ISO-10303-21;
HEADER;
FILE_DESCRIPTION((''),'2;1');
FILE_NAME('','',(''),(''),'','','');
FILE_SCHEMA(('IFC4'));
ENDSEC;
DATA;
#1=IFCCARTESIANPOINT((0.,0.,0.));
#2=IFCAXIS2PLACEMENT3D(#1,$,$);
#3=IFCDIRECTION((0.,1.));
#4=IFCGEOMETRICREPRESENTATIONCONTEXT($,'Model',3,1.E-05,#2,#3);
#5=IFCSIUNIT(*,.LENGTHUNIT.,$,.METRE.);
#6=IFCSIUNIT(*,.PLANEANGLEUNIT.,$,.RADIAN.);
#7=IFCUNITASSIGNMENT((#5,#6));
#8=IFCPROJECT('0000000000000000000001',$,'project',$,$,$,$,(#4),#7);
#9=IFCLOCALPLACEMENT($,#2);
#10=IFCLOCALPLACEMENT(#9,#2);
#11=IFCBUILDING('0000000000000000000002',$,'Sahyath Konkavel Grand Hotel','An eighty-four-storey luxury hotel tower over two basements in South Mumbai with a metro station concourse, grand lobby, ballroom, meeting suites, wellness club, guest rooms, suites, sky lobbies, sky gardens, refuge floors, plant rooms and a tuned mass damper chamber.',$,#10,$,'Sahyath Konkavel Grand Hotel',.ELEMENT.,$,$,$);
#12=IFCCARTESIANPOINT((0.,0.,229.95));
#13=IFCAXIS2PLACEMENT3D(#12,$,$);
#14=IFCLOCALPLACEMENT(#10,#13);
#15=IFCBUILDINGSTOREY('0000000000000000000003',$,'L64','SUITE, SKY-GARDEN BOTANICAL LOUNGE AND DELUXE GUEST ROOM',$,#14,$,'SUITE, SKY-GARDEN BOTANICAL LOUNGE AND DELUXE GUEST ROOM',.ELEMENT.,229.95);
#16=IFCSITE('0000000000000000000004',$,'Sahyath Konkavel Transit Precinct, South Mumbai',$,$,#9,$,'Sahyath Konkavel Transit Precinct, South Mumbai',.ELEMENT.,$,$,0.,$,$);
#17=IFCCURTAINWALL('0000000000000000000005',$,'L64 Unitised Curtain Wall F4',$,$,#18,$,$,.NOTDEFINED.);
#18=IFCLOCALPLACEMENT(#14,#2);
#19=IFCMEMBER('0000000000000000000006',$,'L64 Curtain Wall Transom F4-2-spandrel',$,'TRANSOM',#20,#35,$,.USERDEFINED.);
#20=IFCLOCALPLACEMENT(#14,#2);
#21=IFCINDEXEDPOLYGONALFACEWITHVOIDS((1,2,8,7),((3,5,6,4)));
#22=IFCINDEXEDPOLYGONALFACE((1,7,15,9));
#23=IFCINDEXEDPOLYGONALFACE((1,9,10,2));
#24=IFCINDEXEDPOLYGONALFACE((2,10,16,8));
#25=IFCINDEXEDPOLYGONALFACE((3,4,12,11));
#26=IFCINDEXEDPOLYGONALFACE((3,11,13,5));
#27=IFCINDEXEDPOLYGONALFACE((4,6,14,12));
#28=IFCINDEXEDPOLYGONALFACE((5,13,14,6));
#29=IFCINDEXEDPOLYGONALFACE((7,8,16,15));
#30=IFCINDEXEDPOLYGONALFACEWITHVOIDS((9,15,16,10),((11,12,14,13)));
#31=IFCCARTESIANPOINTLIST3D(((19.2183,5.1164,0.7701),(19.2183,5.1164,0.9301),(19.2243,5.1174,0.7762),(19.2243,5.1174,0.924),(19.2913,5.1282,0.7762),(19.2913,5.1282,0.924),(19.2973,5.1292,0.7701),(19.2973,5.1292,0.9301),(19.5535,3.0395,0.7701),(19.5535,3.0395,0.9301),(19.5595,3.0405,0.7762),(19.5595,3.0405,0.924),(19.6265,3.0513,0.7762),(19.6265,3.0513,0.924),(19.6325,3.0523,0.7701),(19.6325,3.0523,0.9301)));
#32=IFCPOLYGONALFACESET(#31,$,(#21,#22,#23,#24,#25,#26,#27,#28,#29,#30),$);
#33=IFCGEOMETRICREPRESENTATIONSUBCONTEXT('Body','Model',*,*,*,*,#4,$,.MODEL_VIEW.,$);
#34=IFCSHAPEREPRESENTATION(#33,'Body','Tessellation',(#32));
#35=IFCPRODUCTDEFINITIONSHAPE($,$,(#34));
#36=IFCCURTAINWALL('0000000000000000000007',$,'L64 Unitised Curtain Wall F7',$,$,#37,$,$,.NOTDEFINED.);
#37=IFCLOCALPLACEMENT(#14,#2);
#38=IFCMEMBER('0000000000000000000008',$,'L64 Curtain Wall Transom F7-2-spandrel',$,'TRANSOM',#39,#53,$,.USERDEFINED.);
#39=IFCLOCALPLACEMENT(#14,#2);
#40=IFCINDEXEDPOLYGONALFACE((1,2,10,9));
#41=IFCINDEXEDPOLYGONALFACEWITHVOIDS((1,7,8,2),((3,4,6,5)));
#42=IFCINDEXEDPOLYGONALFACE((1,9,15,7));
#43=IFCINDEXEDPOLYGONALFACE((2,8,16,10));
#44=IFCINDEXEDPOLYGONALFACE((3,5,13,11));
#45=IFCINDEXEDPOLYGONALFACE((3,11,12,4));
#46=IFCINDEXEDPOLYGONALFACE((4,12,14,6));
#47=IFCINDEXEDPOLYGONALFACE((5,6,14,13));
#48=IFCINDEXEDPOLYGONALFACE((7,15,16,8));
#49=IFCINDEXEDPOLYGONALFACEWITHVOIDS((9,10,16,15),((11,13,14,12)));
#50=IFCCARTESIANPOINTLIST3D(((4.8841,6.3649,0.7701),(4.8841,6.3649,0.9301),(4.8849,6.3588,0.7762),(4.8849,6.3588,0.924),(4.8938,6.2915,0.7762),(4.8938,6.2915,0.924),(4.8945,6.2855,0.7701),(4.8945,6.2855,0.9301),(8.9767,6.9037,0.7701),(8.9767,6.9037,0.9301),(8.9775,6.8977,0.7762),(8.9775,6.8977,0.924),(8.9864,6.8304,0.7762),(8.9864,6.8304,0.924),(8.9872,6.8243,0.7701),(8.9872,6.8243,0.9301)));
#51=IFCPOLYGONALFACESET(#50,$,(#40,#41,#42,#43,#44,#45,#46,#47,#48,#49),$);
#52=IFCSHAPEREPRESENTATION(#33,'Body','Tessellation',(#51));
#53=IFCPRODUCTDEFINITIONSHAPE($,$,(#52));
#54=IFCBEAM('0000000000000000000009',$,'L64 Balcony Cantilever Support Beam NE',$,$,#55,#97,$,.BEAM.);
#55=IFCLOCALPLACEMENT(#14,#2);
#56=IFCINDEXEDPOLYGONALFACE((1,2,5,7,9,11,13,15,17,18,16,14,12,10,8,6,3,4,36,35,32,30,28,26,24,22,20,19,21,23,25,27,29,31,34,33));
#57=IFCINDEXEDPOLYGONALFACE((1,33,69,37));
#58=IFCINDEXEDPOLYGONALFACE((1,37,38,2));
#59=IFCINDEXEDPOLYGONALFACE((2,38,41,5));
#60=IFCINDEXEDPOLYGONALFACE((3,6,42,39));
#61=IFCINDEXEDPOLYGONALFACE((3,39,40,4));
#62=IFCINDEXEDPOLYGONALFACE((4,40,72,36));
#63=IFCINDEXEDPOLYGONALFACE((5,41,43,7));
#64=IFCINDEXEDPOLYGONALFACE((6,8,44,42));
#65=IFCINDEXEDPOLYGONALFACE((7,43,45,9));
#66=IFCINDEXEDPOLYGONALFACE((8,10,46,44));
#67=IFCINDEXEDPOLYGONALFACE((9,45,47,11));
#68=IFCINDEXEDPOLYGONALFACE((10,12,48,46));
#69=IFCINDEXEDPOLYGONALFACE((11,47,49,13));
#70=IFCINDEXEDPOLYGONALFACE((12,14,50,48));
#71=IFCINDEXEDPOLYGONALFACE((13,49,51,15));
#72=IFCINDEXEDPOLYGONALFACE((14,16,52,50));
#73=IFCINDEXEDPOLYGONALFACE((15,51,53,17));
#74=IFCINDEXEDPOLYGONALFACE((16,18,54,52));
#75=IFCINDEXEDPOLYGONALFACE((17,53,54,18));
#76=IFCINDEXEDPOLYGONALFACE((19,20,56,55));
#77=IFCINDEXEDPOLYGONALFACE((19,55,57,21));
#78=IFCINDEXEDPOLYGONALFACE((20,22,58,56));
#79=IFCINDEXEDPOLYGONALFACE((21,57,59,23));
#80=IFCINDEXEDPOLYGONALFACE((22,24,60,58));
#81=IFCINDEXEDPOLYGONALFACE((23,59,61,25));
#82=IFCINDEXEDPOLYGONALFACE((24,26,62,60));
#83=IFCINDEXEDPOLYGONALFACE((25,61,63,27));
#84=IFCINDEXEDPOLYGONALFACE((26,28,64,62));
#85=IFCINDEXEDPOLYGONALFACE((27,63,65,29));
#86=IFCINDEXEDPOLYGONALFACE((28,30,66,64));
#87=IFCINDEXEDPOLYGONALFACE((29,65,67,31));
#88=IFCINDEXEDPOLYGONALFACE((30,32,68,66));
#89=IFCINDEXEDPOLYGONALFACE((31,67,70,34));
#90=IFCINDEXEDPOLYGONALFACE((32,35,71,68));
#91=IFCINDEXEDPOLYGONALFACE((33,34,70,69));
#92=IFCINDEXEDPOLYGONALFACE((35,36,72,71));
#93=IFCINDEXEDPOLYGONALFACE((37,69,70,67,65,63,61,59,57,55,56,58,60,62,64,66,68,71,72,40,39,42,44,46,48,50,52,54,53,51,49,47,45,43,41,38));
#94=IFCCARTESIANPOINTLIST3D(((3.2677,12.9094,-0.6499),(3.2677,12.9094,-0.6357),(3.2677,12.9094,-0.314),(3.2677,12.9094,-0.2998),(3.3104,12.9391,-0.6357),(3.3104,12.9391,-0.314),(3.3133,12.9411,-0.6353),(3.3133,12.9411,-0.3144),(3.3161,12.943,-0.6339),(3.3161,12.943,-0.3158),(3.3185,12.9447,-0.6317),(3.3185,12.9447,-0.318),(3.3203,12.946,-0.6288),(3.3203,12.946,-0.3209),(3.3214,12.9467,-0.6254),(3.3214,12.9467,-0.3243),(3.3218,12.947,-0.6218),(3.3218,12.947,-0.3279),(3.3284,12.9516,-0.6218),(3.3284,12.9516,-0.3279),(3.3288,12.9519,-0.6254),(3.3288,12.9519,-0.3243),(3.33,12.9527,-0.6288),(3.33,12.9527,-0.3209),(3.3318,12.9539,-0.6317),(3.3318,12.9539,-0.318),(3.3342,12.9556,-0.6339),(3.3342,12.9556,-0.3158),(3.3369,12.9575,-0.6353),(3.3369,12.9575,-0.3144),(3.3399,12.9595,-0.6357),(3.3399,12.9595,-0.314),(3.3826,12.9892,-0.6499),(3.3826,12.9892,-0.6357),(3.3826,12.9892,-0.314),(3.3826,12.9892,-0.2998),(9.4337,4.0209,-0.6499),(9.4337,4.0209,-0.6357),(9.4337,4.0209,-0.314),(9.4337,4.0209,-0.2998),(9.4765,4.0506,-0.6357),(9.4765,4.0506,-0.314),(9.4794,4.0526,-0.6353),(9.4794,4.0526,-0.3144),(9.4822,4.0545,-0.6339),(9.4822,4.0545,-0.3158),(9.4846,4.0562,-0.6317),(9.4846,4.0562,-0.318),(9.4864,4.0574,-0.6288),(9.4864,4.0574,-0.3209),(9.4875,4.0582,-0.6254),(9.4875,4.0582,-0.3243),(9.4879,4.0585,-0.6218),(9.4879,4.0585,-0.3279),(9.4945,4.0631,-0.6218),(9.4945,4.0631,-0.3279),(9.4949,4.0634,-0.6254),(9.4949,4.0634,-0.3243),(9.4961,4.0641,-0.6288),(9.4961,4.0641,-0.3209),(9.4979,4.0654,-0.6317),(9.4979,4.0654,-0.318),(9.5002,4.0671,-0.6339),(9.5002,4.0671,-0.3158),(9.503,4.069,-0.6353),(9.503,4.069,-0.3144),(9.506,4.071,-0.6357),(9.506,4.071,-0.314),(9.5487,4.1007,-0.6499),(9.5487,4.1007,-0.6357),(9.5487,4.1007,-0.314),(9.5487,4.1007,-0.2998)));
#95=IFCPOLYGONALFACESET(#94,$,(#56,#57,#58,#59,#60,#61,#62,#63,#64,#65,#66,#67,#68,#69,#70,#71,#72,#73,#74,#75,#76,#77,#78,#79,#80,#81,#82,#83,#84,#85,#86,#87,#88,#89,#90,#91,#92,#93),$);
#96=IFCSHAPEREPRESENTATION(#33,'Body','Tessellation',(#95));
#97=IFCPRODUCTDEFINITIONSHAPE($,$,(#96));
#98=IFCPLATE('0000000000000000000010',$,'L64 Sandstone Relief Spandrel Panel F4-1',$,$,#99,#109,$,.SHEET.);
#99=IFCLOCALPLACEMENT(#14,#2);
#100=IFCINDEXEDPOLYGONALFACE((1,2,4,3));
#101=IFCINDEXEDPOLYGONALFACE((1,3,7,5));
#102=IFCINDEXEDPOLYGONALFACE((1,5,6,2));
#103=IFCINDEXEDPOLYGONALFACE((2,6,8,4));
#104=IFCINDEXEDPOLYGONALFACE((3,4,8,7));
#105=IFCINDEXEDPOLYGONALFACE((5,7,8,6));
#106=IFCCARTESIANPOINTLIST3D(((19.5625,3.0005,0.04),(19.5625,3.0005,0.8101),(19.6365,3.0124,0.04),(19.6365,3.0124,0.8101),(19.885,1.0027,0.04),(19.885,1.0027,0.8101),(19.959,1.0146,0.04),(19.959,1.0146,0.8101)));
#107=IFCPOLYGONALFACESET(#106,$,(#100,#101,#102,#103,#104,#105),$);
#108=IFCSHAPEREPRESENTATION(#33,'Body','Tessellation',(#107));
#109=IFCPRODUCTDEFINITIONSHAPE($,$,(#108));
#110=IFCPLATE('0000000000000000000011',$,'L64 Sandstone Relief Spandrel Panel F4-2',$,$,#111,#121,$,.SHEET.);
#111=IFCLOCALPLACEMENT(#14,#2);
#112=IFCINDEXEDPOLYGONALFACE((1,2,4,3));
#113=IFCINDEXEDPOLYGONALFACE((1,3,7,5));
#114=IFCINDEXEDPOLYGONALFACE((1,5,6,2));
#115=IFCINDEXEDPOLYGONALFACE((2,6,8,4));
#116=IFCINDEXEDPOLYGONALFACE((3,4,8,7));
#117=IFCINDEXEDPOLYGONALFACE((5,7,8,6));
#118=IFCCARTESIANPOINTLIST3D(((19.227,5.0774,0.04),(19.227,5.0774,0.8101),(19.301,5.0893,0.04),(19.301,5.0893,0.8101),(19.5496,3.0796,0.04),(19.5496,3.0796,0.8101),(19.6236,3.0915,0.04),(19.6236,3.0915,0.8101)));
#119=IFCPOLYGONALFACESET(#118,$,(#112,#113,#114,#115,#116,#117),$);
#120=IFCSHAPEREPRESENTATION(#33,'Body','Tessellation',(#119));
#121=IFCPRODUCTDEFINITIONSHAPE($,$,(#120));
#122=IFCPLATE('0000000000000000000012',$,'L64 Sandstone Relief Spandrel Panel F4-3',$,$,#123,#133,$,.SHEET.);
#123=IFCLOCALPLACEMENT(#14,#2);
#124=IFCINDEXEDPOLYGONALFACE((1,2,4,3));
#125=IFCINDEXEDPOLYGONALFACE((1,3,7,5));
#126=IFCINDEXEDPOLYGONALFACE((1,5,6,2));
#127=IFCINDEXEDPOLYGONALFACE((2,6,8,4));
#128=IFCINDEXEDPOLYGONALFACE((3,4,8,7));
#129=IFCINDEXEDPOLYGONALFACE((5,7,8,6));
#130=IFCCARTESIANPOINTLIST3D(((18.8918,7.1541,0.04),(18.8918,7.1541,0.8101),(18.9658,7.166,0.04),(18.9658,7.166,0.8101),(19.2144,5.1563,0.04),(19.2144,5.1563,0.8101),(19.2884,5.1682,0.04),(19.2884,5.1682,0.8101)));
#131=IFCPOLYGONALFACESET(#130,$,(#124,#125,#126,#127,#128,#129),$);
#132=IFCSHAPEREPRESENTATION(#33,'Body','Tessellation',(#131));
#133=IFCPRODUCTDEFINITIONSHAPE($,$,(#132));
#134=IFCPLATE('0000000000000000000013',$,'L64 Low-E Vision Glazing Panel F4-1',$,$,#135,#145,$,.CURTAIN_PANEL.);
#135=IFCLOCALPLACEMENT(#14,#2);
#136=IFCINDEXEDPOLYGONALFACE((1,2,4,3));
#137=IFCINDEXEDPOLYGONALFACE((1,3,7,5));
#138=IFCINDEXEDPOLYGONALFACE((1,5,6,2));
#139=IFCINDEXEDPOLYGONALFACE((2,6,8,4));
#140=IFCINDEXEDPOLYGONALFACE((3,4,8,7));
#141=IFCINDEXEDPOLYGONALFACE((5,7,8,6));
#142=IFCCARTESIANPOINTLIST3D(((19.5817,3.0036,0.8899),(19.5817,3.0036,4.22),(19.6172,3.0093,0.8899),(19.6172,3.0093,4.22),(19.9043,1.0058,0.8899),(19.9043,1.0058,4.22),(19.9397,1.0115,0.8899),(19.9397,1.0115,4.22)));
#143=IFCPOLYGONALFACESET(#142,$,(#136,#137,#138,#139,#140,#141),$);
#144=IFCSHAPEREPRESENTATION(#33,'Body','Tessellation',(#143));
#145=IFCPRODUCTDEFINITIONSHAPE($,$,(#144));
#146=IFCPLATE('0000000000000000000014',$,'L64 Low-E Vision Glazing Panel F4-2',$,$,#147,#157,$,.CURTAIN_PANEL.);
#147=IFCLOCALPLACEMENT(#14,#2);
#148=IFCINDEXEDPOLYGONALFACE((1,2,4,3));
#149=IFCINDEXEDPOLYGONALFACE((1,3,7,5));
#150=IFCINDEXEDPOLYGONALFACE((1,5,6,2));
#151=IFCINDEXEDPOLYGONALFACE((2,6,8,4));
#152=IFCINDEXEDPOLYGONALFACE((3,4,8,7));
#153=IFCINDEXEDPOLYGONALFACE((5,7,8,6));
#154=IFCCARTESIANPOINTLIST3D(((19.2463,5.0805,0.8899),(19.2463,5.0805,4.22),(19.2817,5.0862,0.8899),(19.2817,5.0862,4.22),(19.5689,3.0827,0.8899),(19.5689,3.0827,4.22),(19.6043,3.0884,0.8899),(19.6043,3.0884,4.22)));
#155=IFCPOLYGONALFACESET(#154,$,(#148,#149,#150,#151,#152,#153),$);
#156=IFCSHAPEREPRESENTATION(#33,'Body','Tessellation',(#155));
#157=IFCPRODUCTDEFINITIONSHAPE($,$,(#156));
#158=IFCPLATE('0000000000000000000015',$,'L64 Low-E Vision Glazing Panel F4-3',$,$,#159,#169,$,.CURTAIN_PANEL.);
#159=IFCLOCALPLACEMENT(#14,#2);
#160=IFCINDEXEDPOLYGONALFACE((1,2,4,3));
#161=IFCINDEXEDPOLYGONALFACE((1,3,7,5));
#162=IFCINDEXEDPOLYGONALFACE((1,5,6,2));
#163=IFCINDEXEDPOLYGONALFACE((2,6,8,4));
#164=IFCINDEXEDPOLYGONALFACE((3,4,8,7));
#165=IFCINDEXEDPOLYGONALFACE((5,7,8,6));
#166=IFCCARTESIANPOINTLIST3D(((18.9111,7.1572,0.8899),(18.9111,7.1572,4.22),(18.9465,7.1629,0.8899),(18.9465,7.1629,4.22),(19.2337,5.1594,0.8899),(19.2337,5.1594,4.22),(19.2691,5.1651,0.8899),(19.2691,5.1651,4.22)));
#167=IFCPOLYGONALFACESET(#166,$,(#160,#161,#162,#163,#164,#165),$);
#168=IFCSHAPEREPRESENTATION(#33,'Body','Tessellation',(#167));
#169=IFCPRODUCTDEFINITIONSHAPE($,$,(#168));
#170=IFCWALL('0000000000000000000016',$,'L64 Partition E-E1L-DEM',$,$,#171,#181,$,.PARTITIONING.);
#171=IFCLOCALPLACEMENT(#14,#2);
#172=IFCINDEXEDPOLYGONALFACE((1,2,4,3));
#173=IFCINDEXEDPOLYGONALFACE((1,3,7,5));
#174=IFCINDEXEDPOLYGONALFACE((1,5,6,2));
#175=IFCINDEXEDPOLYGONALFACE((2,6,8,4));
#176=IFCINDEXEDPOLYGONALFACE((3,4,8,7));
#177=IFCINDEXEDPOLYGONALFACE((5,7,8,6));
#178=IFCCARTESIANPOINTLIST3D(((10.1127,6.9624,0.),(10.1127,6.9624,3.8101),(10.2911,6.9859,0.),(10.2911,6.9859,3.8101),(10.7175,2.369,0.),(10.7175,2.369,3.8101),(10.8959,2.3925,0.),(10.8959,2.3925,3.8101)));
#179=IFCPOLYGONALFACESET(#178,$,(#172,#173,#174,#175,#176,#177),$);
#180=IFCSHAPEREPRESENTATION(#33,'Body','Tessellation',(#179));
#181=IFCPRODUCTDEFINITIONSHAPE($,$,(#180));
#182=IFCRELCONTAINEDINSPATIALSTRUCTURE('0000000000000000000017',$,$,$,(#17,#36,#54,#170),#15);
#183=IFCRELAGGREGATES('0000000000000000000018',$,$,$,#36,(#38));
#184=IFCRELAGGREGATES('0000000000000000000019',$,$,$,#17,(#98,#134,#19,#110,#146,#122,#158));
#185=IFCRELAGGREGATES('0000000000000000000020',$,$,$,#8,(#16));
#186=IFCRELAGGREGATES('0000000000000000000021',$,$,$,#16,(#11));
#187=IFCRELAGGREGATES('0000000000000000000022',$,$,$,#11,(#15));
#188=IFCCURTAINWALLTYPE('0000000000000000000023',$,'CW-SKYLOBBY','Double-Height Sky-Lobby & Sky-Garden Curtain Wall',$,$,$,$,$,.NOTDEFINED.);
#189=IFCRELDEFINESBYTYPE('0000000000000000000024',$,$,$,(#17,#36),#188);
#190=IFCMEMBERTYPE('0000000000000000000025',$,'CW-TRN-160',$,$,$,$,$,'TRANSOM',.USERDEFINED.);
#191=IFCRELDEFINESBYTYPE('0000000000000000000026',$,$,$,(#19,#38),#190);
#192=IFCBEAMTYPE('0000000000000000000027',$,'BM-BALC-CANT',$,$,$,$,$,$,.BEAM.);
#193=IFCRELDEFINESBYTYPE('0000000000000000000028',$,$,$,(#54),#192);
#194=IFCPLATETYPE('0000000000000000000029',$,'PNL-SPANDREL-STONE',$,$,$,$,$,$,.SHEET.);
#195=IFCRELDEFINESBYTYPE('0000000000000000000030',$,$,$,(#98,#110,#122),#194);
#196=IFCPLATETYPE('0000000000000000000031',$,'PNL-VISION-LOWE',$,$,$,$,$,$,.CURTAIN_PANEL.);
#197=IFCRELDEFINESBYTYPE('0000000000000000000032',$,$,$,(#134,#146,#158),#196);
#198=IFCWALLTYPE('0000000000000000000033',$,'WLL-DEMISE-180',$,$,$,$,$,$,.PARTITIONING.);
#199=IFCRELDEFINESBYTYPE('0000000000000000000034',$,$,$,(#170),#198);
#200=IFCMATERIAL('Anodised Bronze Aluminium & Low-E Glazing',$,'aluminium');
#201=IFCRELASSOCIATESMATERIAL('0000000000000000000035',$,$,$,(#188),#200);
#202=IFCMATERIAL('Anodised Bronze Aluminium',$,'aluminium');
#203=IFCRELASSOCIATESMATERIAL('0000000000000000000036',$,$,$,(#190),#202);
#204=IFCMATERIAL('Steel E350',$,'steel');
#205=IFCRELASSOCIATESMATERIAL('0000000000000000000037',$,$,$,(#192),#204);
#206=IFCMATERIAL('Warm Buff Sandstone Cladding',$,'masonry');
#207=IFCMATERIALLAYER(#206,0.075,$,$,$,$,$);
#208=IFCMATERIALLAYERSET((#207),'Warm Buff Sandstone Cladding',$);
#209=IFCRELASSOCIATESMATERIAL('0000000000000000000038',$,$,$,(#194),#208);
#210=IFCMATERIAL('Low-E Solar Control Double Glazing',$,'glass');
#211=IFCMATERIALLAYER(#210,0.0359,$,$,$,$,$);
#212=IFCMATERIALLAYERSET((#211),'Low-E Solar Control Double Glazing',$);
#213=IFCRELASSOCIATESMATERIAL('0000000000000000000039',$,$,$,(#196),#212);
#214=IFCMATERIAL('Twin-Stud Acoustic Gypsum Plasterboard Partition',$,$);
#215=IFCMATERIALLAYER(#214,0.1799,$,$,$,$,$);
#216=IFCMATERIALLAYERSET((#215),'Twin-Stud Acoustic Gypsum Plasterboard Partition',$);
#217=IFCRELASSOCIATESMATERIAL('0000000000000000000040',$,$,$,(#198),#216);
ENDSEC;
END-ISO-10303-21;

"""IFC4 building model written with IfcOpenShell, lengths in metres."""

from ifc_helpers import new_model, si_unit, direction, frame, frame_2d, origin, origin_2d, place, context, subcontext, project, spatial, rectangle, hollow_rectangle, i_section, extrude, source, transform, mapped, material, layer, layer_set, material_profile, profile_set, type_object, element, aggregate, save


model = new_model("IFC4")

# Units and contexts
model_context = context("Model", 3, precision=1e-05, world=origin(), true_north=direction((0.0, 1.0)))
body_context = subcontext(model_context, "Body", "Model", "MODEL_VIEW")
ifc_project = project(units=[si_unit("LENGTHUNIT", "METRE"), si_unit("PLANEANGLEUNIT", "RADIAN")], contexts=[model_context])

# Site, building, storey
site_placement = place(None, origin())
site = spatial("IfcSite", under=ifc_project, at=site_placement, Name="Sahyath Konkavel Transit Precinct, South Mumbai", LongName="Sahyath Konkavel Transit Precinct, South Mumbai", CompositionType="ELEMENT", RefElevation=0.0)
building_placement = place(site_placement, origin())
building = spatial("IfcBuilding", under=site, at=building_placement, Name="Sahyath Konkavel Grand Hotel", Description="An eighty-four-storey luxury hotel tower over two basements in South Mumbai with a metro station concourse, grand lobby, ballroom, meeting suites, wellness club, guest rooms, suites, sky lobbies, sky gardens, refuge floors, plant rooms and a tuned mass damper chamber.", LongName="Sahyath Konkavel Grand Hotel", CompositionType="ELEMENT")
storey_placement = place(building_placement, frame((0.0, 0.0, 229.95)))
storey = spatial("IfcBuildingStorey", under=building, at=storey_placement, Name="L64", Description="SUITE, SKY-GARDEN BOTANICAL LOUNGE AND DELUXE GUEST ROOM", LongName="SUITE, SKY-GARDEN BOTANICAL LOUNGE AND DELUXE GUEST ROOM", CompositionType="ELEMENT", Elevation=229.95)

# Shared definitions
ifc_material_1 = material(Name="Steel E350", Category="steel")

# Curtain wall, member
ifc_material_2 = material(Name="Anodised Bronze Aluminium & Low-E Glazing", Category="aluminium")
curtain_wall_type = type_object("IfcCurtainWallType", Name="CW-SKYLOBBY", Description="Double-Height Sky-Lobby & Sky-Garden Curtain Wall", PredefinedType="NOTDEFINED", material=ifc_material_2)
curtain_wall_1_placement = place(storey_placement, origin())
curtain_wall_1 = element("IfcCurtainWall", 1, at=curtain_wall_1_placement, inside=storey, type_object=curtain_wall_type, Name="L64 Unitised Curtain Wall F4", PredefinedType="NOTDEFINED")
ifc_material_3 = material(Name="Anodised Bronze Aluminium", Category="aluminium")
ifc_material_profile_1 = material_profile(ifc_material_3, hollow_rectangle(XDim=0.0801, YDim=0.1599, WallThickness=0.0061, at=origin_2d()), Name="RHS 160x80x6")
ifc_profile_set_1 = profile_set([ifc_material_profile_1], Name="Anodised Bronze Aluminium")
member_type_1 = type_object("IfcMemberType", Name="CW-TRN-160", ElementType="TRANSOM", PredefinedType="USERDEFINED", material=ifc_profile_set_1)
shared_shape_1 = source(origin(), body_context, "Body", "SweptSolid", [
    extrude(hollow_rectangle(XDim=0.0801, YDim=0.1599, WallThickness=0.0061, at=origin_2d()), origin(), (0.0, 0.0, 1.0), 2.1038),
])
member_1_placement = place(storey_placement, frame((19.593, 3.0459, 0.8501), z_axis=(-0.159335, 0.987225, 0.0), x_axis=(-0.987225, -0.159335, 0.0)))
member_1 = element("IfcMember", 2, at=member_1_placement, type_object=member_type_1, Name="L64 Curtain Wall Transom F4-2-spandrel", ObjectType="TRANSOM", PredefinedType="USERDEFINED", context=body_context, shape_type="MappedRepresentation", body=[
    mapped(shared_shape_1, transform((0.0, 0.0, 0.0), scale=1.0)),
])

# Curtain wall, member
curtain_wall_2_placement = place(storey_placement, origin())
curtain_wall_2 = element("IfcCurtainWall", 3, at=curtain_wall_2_placement, inside=storey, type_object=curtain_wall_type, Name="L64 Unitised Curtain Wall F7", PredefinedType="NOTDEFINED")
shared_shape_2 = source(origin(), body_context, "Body", "SweptSolid", [
    extrude(hollow_rectangle(XDim=0.0801, YDim=0.1599, WallThickness=0.0061, at=origin_2d()), origin(), (0.0, 0.0, 1.0), 4.1279),
])
member_2_placement = place(storey_placement, frame((8.9819, 6.864, 0.8501), z_axis=(-0.991444, -0.130533, 0.0), x_axis=(0.130533, -0.991444, 0.0)))
member_2 = element("IfcMember", 4, at=member_2_placement, type_object=member_type_1, Name="L64 Curtain Wall Transom F7-2-spandrel", ObjectType="TRANSOM", PredefinedType="USERDEFINED", context=body_context, shape_type="MappedRepresentation", body=[
    mapped(shared_shape_2, transform((0.0, 0.0, 0.0), scale=1.0)),
])
aggregate(curtain_wall_2, [member_2])

# Beam
ifc_material_profile_2 = material_profile(ifc_material_1, i_section(OverallWidth=0.1399, OverallDepth=0.3501, WebThickness=0.0081, FlangeThickness=0.0142, FilletRadius=0.0139, at=origin_2d()), Name="ISMB 350")
ifc_profile_set_2 = profile_set([ifc_material_profile_2], Name="Steel E350")
beam_type_1 = type_object("IfcBeamType", Name="BM-BALC-CANT", PredefinedType="BEAM", material=ifc_profile_set_2)
shared_shape_3 = source(origin(), body_context, "Body", "SweptSolid", [
    extrude(i_section(OverallWidth=0.1399, OverallDepth=0.3501, WebThickness=0.0081, FlangeThickness=0.0142, FilletRadius=0.0139, at=origin_2d()), origin(), (0.0, 0.0, 1.0), 10.8179),
])
beam_1_placement = place(storey_placement, frame((9.4912, 4.0608, -0.4749), z_axis=(-0.56999, 0.821652, 0.0), x_axis=(-0.821652, -0.56999, 0.0)))
element("IfcBeam", 5, at=beam_1_placement, inside=storey, type_object=beam_type_1, Name="L64 Balcony Cantilever Support Beam NE", PredefinedType="BEAM", context=body_context, shape_type="MappedRepresentation", body=[
    mapped(shared_shape_3, transform((0.0, 0.0, 0.0), scale=1.0)),
])

# Plates
ifc_material_4 = material(Name="Warm Buff Sandstone Cladding", Category="masonry")
ifc_layer_1 = layer(ifc_material_4, 0.075)
ifc_layer_set_1 = layer_set([ifc_layer_1], Name="Warm Buff Sandstone Cladding")
plate_type_1 = type_object("IfcPlateType", Name="PNL-SPANDREL-STONE", PredefinedType="SHEET", material=ifc_layer_set_1)
shared_shape_4 = source(origin(), body_context, "Body", "SweptSolid", [
    extrude(rectangle(XDim=2.0237, YDim=0.075, at=origin_2d()), origin(), (0.0, 0.0, 1.0), 0.77),
])
plate_1_placement = place(storey_placement, frame((19.7607, 2.0076, 0.04), z_axis=(0.0, 0.0, 1.0), x_axis=(-0.159399, 0.987214, 0.0)))
plate_1 = element("IfcPlate", 6, at=plate_1_placement, type_object=plate_type_1, Name="L64 Sandstone Relief Spandrel Panel F4-1", PredefinedType="SHEET", context=body_context, shape_type="MappedRepresentation", body=[
    mapped(shared_shape_4, transform((0.0, 0.0, 0.0), scale=1.0)),
])
plate_2_placement = place(storey_placement, frame((19.4253, 4.0845, 0.04), z_axis=(0.0, 0.0, 1.0), x_axis=(-0.159399, 0.987214, 0.0)))
plate_2 = element("IfcPlate", 7, at=plate_2_placement, type_object=plate_type_1, Name="L64 Sandstone Relief Spandrel Panel F4-2", PredefinedType="SHEET", context=body_context, shape_type="MappedRepresentation", body=[
    mapped(shared_shape_4, transform((0.0, 0.0, 0.0), scale=1.0)),
])
plate_3_placement = place(storey_placement, frame((19.0901, 6.1611, 0.04), z_axis=(0.0, 0.0, 1.0), x_axis=(-0.159399, 0.987214, 0.0)))
plate_3 = element("IfcPlate", 8, at=plate_3_placement, type_object=plate_type_1, Name="L64 Sandstone Relief Spandrel Panel F4-3", PredefinedType="SHEET", context=body_context, shape_type="MappedRepresentation", body=[
    mapped(shared_shape_4, transform((0.0, 0.0, 0.0), scale=1.0)),
])
ifc_material_5 = material(Name="Low-E Solar Control Double Glazing", Category="glass")
ifc_layer_2 = layer(ifc_material_5, 0.0359)
ifc_layer_set_2 = layer_set([ifc_layer_2], Name="Low-E Solar Control Double Glazing")
plate_type_2 = type_object("IfcPlateType", Name="PNL-VISION-LOWE", PredefinedType="CURTAIN_PANEL", material=ifc_layer_set_2)
shared_shape_5 = source(origin(), body_context, "Body", "SweptSolid", [
    extrude(rectangle(XDim=2.0237, YDim=0.0359, at=origin_2d()), origin(), (0.0, 0.0, 1.0), 3.3301),
])
plate_4_placement = place(storey_placement, frame((19.7607, 2.0076, 0.8899), z_axis=(0.0, 0.0, 1.0), x_axis=(-0.159399, 0.987214, 0.0)))
plate_4 = element("IfcPlate", 9, at=plate_4_placement, type_object=plate_type_2, Name="L64 Low-E Vision Glazing Panel F4-1", PredefinedType="CURTAIN_PANEL", context=body_context, shape_type="MappedRepresentation", body=[
    mapped(shared_shape_5, transform((0.0, 0.0, 0.0), scale=1.0)),
])
plate_5_placement = place(storey_placement, frame((19.4253, 4.0845, 0.8899), z_axis=(0.0, 0.0, 1.0), x_axis=(-0.159399, 0.987214, 0.0)))
plate_5 = element("IfcPlate", 10, at=plate_5_placement, type_object=plate_type_2, Name="L64 Low-E Vision Glazing Panel F4-2", PredefinedType="CURTAIN_PANEL", context=body_context, shape_type="MappedRepresentation", body=[
    mapped(shared_shape_5, transform((0.0, 0.0, 0.0), scale=1.0)),
])
plate_6_placement = place(storey_placement, frame((19.0901, 6.1611, 0.8899), z_axis=(0.0, 0.0, 1.0), x_axis=(-0.159399, 0.987214, 0.0)))
plate_6 = element("IfcPlate", 11, at=plate_6_placement, type_object=plate_type_2, Name="L64 Low-E Vision Glazing Panel F4-3", PredefinedType="CURTAIN_PANEL", context=body_context, shape_type="MappedRepresentation", body=[
    mapped(shared_shape_5, transform((0.0, 0.0, 0.0), scale=1.0)),
])
aggregate(curtain_wall_1, [plate_1, plate_4, member_1, plate_2, plate_5, plate_3, plate_6])

# Wall
ifc_material_6 = material(Name="Twin-Stud Acoustic Gypsum Plasterboard Partition")
ifc_layer_3 = layer(ifc_material_6, 0.1799)
ifc_layer_set_3 = layer_set([ifc_layer_3], Name="Twin-Stud Acoustic Gypsum Plasterboard Partition")
wall_type_1 = type_object("IfcWallType", Name="WLL-DEMISE-180", PredefinedType="PARTITIONING", material=ifc_layer_set_3)
wall_1_placement = place(storey_placement, frame((10.8066, 2.3809, 0.0), z_axis=(0.0, 0.0, 1.0), x_axis=(-0.130524, 0.991445, 0.0)))
element("IfcWall", 12, at=wall_1_placement, inside=storey, type_object=wall_type_1, Name="L64 Partition E-E1L-DEM", PredefinedType="PARTITIONING", context=body_context, shape_type="SweptSolid", body=[
    extrude(rectangle(XDim=4.6331, YDim=0.1799, at=frame_2d((2.3164, 0.0))), origin(), (0.0, 0.0, 1.0), 3.8101),
])

save(model, "model.ifc")
